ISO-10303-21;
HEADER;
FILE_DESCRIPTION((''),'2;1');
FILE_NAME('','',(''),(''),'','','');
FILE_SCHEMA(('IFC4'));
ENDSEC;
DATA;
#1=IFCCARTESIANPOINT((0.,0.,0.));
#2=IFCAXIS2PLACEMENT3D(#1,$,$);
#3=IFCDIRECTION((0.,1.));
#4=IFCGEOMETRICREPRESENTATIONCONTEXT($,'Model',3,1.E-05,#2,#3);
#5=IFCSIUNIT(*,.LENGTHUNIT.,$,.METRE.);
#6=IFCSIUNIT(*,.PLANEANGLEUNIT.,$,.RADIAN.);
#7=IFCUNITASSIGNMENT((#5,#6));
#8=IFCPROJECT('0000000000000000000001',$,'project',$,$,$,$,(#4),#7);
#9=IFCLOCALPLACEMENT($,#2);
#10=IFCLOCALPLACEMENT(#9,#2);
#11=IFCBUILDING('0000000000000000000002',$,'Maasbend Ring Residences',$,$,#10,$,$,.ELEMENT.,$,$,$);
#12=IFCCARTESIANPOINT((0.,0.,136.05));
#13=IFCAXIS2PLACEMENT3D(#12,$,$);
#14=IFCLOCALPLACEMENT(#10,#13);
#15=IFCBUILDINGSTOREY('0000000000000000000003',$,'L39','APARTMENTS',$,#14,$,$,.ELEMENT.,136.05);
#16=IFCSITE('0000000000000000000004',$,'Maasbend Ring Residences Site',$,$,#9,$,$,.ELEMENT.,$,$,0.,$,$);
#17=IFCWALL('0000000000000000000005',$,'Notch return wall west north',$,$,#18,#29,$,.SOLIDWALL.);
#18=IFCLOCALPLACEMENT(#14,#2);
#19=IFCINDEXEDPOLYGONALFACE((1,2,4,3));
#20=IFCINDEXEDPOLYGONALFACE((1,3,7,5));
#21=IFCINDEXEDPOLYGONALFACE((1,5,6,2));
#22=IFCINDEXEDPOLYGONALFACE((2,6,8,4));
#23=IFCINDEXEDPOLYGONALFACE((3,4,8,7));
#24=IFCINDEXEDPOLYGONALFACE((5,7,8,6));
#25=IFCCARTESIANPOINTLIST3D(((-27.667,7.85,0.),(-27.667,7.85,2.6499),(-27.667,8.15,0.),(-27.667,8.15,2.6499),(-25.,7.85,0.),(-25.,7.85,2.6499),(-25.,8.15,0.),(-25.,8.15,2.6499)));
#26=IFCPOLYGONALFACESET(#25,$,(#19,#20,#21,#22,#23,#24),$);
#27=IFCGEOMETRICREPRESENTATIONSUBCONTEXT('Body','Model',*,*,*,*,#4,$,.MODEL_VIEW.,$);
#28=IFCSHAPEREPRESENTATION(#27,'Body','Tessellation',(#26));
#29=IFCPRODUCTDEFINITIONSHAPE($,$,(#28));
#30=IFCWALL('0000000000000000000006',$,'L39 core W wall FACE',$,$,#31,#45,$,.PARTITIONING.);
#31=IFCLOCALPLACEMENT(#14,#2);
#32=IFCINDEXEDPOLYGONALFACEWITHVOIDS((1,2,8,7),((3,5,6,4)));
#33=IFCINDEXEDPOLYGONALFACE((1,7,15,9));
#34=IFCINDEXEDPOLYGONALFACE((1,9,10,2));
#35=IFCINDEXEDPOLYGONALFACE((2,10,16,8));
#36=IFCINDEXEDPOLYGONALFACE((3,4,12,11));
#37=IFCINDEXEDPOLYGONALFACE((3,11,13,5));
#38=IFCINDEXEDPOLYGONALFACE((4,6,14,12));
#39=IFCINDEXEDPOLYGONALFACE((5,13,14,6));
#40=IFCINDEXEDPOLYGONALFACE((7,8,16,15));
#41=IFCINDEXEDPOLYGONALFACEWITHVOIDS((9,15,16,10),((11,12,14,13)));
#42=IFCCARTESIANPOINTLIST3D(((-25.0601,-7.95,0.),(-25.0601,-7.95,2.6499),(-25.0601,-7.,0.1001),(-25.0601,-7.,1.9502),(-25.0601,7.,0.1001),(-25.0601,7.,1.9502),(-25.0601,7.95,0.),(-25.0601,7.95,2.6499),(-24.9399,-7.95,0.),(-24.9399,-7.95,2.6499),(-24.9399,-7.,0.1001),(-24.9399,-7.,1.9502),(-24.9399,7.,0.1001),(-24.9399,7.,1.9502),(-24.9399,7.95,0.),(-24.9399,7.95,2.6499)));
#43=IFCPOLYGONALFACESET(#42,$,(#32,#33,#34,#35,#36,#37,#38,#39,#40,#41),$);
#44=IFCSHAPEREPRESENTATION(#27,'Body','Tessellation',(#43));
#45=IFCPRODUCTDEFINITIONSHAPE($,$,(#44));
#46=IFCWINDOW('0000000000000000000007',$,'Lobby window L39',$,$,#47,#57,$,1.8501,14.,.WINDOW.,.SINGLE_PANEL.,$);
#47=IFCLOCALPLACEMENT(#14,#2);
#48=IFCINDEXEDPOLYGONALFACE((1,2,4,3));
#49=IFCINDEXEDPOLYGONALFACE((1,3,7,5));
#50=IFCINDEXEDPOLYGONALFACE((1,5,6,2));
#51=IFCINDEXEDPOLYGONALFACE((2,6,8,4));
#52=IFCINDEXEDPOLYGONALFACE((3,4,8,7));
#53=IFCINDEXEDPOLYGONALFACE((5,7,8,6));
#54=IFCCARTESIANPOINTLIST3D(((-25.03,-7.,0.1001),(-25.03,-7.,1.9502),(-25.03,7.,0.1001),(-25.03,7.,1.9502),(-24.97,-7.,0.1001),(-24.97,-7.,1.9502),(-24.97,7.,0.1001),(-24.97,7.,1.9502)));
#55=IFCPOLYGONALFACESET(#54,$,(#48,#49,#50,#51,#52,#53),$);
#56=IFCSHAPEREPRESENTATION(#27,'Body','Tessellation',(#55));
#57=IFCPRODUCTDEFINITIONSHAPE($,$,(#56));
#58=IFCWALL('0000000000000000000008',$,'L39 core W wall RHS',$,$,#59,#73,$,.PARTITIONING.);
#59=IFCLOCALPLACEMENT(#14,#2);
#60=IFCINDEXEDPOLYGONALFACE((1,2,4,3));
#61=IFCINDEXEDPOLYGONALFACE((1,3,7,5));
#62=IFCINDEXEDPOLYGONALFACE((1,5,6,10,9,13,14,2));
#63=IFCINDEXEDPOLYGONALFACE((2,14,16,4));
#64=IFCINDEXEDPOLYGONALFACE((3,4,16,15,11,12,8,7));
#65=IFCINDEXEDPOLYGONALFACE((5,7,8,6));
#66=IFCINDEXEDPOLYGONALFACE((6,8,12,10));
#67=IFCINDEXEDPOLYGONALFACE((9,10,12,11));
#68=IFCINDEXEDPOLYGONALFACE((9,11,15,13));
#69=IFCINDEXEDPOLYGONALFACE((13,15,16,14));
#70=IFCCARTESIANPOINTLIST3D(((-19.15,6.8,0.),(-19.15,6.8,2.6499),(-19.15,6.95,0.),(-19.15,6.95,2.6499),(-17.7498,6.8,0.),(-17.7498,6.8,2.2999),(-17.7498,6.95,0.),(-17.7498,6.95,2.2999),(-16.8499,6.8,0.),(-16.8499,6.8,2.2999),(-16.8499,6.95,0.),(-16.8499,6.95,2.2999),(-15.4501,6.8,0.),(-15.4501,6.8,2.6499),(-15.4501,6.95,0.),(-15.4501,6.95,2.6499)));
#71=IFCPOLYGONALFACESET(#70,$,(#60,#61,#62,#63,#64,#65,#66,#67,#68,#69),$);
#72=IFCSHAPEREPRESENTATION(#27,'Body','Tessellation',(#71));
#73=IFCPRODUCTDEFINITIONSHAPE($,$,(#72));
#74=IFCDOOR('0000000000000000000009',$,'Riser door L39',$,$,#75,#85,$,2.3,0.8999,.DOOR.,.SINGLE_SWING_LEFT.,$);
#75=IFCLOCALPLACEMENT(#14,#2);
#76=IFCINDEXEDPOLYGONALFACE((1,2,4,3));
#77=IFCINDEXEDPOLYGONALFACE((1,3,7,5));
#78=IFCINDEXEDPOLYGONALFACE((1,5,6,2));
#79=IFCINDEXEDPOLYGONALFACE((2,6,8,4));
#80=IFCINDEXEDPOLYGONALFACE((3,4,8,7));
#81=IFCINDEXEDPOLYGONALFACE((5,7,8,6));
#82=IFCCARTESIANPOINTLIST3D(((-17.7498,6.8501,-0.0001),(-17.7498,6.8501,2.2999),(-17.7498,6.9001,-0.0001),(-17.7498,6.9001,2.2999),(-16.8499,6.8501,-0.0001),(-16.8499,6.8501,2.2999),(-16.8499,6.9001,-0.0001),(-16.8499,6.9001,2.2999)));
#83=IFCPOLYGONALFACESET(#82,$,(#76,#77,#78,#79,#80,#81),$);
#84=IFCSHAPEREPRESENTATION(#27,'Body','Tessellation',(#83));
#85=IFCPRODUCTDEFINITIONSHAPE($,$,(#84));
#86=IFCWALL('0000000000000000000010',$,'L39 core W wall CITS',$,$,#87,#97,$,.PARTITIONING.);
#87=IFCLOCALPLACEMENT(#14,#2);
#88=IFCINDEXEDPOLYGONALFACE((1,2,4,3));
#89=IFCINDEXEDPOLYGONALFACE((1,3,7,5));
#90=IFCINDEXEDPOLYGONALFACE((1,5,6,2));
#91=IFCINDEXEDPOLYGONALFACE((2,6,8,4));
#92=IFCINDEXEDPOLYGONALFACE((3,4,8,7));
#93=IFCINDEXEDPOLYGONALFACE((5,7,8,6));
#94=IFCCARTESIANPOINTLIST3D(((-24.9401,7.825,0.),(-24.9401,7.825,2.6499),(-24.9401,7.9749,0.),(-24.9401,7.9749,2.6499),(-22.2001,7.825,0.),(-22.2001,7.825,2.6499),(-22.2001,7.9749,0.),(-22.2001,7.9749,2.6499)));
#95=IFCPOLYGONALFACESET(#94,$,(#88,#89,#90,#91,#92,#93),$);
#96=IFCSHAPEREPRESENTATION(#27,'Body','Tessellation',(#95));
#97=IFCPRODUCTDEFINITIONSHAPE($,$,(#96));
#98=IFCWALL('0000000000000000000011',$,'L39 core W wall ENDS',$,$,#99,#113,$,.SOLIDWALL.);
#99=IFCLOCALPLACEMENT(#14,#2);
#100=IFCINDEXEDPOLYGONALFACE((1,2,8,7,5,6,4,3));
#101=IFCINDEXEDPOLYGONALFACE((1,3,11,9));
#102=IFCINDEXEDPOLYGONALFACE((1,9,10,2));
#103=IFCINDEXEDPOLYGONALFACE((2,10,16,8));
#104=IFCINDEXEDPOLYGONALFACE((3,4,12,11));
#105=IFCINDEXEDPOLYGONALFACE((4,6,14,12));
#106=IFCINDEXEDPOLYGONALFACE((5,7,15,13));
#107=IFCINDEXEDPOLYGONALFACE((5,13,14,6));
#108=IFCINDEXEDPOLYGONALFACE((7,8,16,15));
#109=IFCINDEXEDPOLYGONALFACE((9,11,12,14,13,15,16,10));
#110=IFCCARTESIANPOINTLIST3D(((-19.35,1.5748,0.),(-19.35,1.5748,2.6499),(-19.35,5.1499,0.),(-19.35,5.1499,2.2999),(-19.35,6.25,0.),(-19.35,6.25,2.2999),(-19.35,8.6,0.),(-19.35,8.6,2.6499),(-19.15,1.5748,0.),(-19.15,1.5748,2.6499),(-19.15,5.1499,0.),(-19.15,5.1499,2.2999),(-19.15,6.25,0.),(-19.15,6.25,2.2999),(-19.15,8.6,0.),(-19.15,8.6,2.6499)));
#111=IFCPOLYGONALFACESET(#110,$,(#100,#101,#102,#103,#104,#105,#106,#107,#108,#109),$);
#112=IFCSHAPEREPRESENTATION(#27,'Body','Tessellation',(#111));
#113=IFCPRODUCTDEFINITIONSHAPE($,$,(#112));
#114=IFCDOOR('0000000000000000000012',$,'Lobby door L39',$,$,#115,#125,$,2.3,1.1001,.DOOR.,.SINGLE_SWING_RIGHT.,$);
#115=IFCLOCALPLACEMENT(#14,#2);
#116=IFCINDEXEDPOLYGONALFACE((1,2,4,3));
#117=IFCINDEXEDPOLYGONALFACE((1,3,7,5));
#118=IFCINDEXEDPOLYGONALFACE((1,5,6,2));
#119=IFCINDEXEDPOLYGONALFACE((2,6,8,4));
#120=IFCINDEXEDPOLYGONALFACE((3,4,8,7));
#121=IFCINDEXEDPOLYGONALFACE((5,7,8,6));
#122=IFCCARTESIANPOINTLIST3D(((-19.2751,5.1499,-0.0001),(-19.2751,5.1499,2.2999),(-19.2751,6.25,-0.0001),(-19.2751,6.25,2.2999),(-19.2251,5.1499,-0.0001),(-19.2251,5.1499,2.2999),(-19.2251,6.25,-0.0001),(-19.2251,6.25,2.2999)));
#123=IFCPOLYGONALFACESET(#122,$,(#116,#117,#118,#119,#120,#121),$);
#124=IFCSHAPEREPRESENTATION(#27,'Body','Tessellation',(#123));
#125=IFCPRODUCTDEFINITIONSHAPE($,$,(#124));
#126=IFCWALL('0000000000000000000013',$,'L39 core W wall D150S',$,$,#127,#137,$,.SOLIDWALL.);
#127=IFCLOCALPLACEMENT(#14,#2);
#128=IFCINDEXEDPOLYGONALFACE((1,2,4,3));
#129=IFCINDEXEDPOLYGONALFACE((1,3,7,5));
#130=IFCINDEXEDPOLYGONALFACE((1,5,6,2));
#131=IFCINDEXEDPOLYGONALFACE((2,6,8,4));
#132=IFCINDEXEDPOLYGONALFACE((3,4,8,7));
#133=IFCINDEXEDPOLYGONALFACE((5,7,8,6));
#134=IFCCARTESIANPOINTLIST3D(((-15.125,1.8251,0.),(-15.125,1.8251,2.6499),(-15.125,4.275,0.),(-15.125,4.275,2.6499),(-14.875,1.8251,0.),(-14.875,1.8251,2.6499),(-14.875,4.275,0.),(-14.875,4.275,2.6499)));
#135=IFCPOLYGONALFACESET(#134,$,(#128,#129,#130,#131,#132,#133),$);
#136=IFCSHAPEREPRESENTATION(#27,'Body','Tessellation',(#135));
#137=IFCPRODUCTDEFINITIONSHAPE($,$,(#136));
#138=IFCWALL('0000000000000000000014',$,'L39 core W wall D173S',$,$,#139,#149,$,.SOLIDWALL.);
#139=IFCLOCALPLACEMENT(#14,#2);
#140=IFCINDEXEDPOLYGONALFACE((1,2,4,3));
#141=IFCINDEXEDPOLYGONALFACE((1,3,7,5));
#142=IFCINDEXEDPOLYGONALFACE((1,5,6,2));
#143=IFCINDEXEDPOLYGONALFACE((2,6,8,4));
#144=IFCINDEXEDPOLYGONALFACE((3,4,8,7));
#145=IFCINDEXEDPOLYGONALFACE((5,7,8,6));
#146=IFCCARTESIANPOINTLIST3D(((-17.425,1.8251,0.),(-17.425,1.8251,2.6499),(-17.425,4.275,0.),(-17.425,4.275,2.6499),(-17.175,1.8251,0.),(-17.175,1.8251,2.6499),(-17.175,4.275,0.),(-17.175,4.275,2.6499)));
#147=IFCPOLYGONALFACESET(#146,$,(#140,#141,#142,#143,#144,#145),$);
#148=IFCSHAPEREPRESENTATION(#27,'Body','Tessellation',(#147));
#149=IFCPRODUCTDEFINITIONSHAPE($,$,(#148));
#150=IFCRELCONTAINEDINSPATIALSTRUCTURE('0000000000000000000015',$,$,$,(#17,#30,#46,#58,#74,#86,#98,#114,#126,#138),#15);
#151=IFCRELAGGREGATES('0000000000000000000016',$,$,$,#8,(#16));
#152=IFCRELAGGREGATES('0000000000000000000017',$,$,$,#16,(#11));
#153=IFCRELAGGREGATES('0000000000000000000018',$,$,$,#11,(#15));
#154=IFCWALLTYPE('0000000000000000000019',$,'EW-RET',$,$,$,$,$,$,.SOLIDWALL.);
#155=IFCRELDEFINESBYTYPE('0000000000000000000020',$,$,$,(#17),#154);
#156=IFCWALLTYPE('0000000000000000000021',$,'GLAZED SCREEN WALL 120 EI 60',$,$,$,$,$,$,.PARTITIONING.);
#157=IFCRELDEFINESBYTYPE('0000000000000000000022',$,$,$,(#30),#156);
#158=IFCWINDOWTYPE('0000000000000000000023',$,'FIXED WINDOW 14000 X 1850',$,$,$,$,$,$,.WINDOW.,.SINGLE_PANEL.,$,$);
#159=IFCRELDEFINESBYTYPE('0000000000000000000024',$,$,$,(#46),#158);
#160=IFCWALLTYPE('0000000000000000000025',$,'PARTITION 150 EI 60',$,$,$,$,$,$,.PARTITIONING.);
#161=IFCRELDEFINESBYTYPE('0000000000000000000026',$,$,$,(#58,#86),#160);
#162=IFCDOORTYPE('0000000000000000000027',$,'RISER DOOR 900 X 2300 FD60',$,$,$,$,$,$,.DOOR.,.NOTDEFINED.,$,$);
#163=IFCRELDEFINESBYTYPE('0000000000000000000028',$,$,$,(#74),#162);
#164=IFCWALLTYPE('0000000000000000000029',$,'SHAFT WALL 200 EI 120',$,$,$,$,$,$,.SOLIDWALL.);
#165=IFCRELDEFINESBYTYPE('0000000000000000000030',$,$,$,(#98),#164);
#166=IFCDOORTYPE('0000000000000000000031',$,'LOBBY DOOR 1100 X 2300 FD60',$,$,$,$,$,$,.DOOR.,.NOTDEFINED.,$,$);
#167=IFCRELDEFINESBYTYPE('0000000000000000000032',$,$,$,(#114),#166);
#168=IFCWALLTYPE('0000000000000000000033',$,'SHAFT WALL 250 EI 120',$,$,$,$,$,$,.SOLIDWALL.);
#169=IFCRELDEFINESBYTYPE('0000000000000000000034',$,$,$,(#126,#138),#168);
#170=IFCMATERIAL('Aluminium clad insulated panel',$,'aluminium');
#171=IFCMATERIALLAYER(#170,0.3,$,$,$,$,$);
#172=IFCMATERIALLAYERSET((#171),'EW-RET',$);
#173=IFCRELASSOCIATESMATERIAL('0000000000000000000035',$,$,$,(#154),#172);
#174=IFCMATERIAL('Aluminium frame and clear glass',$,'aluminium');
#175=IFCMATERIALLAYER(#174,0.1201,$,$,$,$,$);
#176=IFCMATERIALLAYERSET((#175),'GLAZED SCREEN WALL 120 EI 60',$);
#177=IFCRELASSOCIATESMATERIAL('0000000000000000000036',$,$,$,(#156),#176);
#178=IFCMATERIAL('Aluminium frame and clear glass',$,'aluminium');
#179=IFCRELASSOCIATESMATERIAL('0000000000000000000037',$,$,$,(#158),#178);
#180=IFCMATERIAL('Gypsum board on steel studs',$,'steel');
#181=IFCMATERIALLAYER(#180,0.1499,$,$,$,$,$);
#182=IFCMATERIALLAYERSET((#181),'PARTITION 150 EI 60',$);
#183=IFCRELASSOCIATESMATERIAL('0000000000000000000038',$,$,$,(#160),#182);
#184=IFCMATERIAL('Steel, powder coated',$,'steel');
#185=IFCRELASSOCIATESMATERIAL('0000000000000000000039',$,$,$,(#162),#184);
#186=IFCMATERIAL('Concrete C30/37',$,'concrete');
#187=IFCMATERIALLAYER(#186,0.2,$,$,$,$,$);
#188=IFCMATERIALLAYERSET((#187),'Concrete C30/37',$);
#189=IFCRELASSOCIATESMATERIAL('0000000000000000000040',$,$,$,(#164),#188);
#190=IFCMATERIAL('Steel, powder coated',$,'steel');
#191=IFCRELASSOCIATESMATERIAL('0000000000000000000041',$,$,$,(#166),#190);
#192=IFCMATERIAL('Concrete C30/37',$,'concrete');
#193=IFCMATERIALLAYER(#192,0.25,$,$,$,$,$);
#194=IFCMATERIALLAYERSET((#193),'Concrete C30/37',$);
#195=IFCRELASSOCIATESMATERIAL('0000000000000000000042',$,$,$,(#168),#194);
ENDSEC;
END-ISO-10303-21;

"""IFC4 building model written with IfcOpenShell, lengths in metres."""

from ifc_helpers import new_model, si_unit, direction, frame, frame_2d, origin, place, context, subcontext, project, spatial, rectangle, extrude, material, layer, layer_set, type_object, element, fill, save


model = new_model("IFC4")

# Units and contexts
model_context = context("Model", 3, precision=1e-05, world=origin(), true_north=direction((0.0, 1.0)))
body_context = subcontext(model_context, "Body", "Model", "MODEL_VIEW")
ifc_project = project(units=[si_unit("LENGTHUNIT", "METRE"), si_unit("PLANEANGLEUNIT", "RADIAN")], contexts=[model_context])

# Site, building, storey
site_placement = place(None, origin())
site = spatial("IfcSite", under=ifc_project, at=site_placement, Name="Maasbend Ring Residences Site", CompositionType="ELEMENT", RefElevation=0.0)
building_placement = place(site_placement, origin())
building = spatial("IfcBuilding", under=site, at=building_placement, Name="Maasbend Ring Residences", CompositionType="ELEMENT")
storey_placement = place(building_placement, frame((0.0, 0.0, 136.05)))
storey = spatial("IfcBuildingStorey", under=building, at=storey_placement, Name="L39", Description="APARTMENTS", CompositionType="ELEMENT", Elevation=136.05)

# Wall
ifc_material_1 = material(Name="Aluminium clad insulated panel", Category="aluminium")
ifc_layer_1 = layer(ifc_material_1, 0.3)
ifc_layer_set_1 = layer_set([ifc_layer_1], Name="EW-RET")
wall_type_1 = type_object("IfcWallType", Name="EW-RET", PredefinedType="SOLIDWALL", material=ifc_layer_set_1)
wall_1_placement = place(storey_placement, frame((-25.0, 8.0, 0.0), z_axis=(0.0, 0.0, 1.0), x_axis=(-1.0, 0.0, 0.0)))
element("IfcWall", 1, at=wall_1_placement, inside=storey, type_object=wall_type_1, Name="Notch return wall west north", PredefinedType="SOLIDWALL", context=body_context, shape_type="SweptSolid", body=[
    extrude(rectangle(XDim=2.667, YDim=0.3, at=frame_2d((1.3335, 0.0))), origin(), (0.0, 0.0, 1.0), 2.6499),
])

# Wall, opening, window
ifc_material_2 = material(Name="Aluminium frame and clear glass", Category="aluminium")
ifc_layer_2 = layer(ifc_material_2, 0.1201)
ifc_layer_set_2 = layer_set([ifc_layer_2], Name="GLAZED SCREEN WALL 120 EI 60")
wall_type_2 = type_object("IfcWallType", Name="GLAZED SCREEN WALL 120 EI 60", PredefinedType="PARTITIONING", material=ifc_layer_set_2)
wall_2_placement = place(storey_placement, frame((-25.0, 7.95, 0.0), z_axis=(0.0, 0.0, 1.0), x_axis=(0.0, -1.0, 0.0)))
wall_2 = element("IfcWall", 2, at=wall_2_placement, inside=storey, type_object=wall_type_2, Name="L39 core W wall FACE", PredefinedType="PARTITIONING", context=body_context, shape_type="SweptSolid", body=[
    extrude(rectangle(XDim=15.8999, YDim=0.1201, at=frame_2d((7.95, 0.0))), origin(), (0.0, 0.0, 1.0), 2.6499),
])
opening_1_placement = place(wall_2_placement, frame((0.95, 0.0, 0.1001)))
opening_1 = element("IfcOpeningElement", 3, at=opening_1_placement, cuts=wall_2, PredefinedType="OPENING", context=body_context, shape_type="SweptSolid", body=[
    extrude(rectangle(XDim=14.0, YDim=1.8501, at=frame_2d((7.0, 0.925))), frame((0.0, 0.0701, 0.0), z_axis=(0.0, -1.0, 0.0), x_axis=(1.0, 0.0, 0.0)), (0.0, 0.0, 1.0), 0.1401),
])
ifc_material_3 = material(Name="Aluminium frame and clear glass", Category="aluminium")
window_type_1 = type_object("IfcWindowType", Name="FIXED WINDOW 14000 X 1850", PartitioningType="SINGLE_PANEL", PredefinedType="WINDOW", material=ifc_material_3)
window_1_placement = place(opening_1_placement, origin())
window_1 = element("IfcWindow", 4, at=window_1_placement, inside=storey, type_object=window_type_1, Name="Lobby window L39", OverallHeight=1.8501, OverallWidth=14.0, PartitioningType="SINGLE_PANEL", PredefinedType="WINDOW", context=body_context, shape_type="SweptSolid", body=[
    extrude(rectangle(XDim=14.0, YDim=1.8501, at=frame_2d((7.0, 0.925))), frame((0.0, 0.03, 0.0), z_axis=(0.0, -1.0, 0.0), x_axis=(1.0, 0.0, 0.0)), (0.0, 0.0, 1.0), 0.0601),
])
fill(opening_1, window_1)

# Wall, opening, door
ifc_material_4 = material(Name="Gypsum board on steel studs", Category="steel")
ifc_layer_3 = layer(ifc_material_4, 0.1499)
ifc_layer_set_3 = layer_set([ifc_layer_3], Name="PARTITION 150 EI 60")
wall_type_3 = type_object("IfcWallType", Name="PARTITION 150 EI 60", PredefinedType="PARTITIONING", material=ifc_layer_set_3)
wall_3_placement = place(storey_placement, frame((-15.45, 6.875, 0.0), z_axis=(0.0, 0.0, 1.0), x_axis=(-1.0, 0.0, 0.0)))
wall_3 = element("IfcWall", 5, at=wall_3_placement, inside=storey, type_object=wall_type_3, Name="L39 core W wall RHS", PredefinedType="PARTITIONING", context=body_context, shape_type="SweptSolid", body=[
    extrude(rectangle(XDim=3.7, YDim=0.1499, at=frame_2d((1.8501, 0.0))), origin(), (0.0, 0.0, 1.0), 2.6499),
])
opening_2_placement = place(wall_3_placement, frame((1.3999, 0.0, 0.0)))
opening_2 = element("IfcOpeningElement", 6, at=opening_2_placement, cuts=wall_3, PredefinedType="OPENING", context=body_context, shape_type="SweptSolid", body=[
    extrude(rectangle(XDim=0.8999, YDim=2.3, at=frame_2d((0.45, 1.1499))), frame((0.0, 0.085, 0.0), z_axis=(0.0, -1.0, 0.0), x_axis=(1.0, 0.0, 0.0)), (0.0, 0.0, 1.0), 0.1699),
])
ifc_material_5 = material(Name="Steel, powder coated", Category="steel")
door_type_1 = type_object("IfcDoorType", Name="RISER DOOR 900 X 2300 FD60", OperationType="NOTDEFINED", PredefinedType="DOOR", material=ifc_material_5)
door_1_placement = place(opening_2_placement, origin())
door_1 = element("IfcDoor", 7, at=door_1_placement, inside=storey, type_object=door_type_1, Name="Riser door L39", OperationType="SINGLE_SWING_LEFT", OverallHeight=2.3, OverallWidth=0.8999, PredefinedType="DOOR", context=body_context, shape_type="SweptSolid", body=[
    extrude(rectangle(XDim=0.8999, YDim=2.3, at=frame_2d((0.45, 1.1499))), frame((0.0, 0.0249, 0.0), z_axis=(0.0, -1.0, 0.0), x_axis=(1.0, 0.0, 0.0)), (0.0, 0.0, 1.0), 0.05),
])
fill(opening_2, door_1)

# Wall
wall_4_placement = place(storey_placement, frame((-22.2, 7.8999, 0.0), z_axis=(0.0, 0.0, 1.0), x_axis=(-1.0, 0.0, 0.0)))
element("IfcWall", 8, at=wall_4_placement, inside=storey, type_object=wall_type_3, Name="L39 core W wall CITS", PredefinedType="PARTITIONING", context=body_context, shape_type="SweptSolid", body=[
    extrude(rectangle(XDim=2.74, YDim=0.1499, at=frame_2d((1.3701, 0.0))), origin(), (0.0, 0.0, 1.0), 2.6499),
])

# Wall, opening, door
ifc_material_6 = material(Name="Concrete C30/37", Category="concrete")
ifc_layer_4 = layer(ifc_material_6, 0.2)
ifc_layer_set_4 = layer_set([ifc_layer_4], Name="Concrete C30/37")
wall_type_4 = type_object("IfcWallType", Name="SHAFT WALL 200 EI 120", PredefinedType="SOLIDWALL", material=ifc_layer_set_4)
wall_5_placement = place(storey_placement, frame((-19.25, 8.6001, 0.0), z_axis=(0.0, 0.0, 1.0), x_axis=(0.0, -1.0, 0.0)))
wall_5 = element("IfcWall", 9, at=wall_5_placement, inside=storey, type_object=wall_type_4, Name="L39 core W wall ENDS", PredefinedType="SOLIDWALL", context=body_context, shape_type="SweptSolid", body=[
    extrude(rectangle(XDim=7.0251, YDim=0.2, at=frame_2d((3.5127, 0.0))), origin(), (0.0, 0.0, 1.0), 2.6499),
])
opening_3_placement = place(wall_5_placement, frame((2.3501, 0.0, 0.0)))
opening_3 = element("IfcOpeningElement", 10, at=opening_3_placement, cuts=wall_5, PredefinedType="OPENING", context=body_context, shape_type="SweptSolid", body=[
    extrude(rectangle(XDim=1.1001, YDim=2.3, at=frame_2d((0.55, 1.1499))), frame((0.0, 0.1099, 0.0), z_axis=(0.0, -1.0, 0.0), x_axis=(1.0, 0.0, 0.0)), (0.0, 0.0, 1.0), 0.22),
])
ifc_material_7 = material(Name="Steel, powder coated", Category="steel")
door_type_2 = type_object("IfcDoorType", Name="LOBBY DOOR 1100 X 2300 FD60", OperationType="NOTDEFINED", PredefinedType="DOOR", material=ifc_material_7)
door_2_placement = place(opening_3_placement, origin())
door_2 = element("IfcDoor", 11, at=door_2_placement, inside=storey, type_object=door_type_2, Name="Lobby door L39", OperationType="SINGLE_SWING_RIGHT", OverallHeight=2.3, OverallWidth=1.1001, PredefinedType="DOOR", context=body_context, shape_type="SweptSolid", body=[
    extrude(rectangle(XDim=1.1001, YDim=2.3, at=frame_2d((0.55, 1.1499))), frame((0.0, 0.0249, 0.0), z_axis=(0.0, -1.0, 0.0), x_axis=(1.0, 0.0, 0.0)), (0.0, 0.0, 1.0), 0.05),
])
fill(opening_3, door_2)

# Walls
ifc_material_8 = material(Name="Concrete C30/37", Category="concrete")
ifc_layer_5 = layer(ifc_material_8, 0.25)
ifc_layer_set_5 = layer_set([ifc_layer_5], Name="Concrete C30/37")
wall_type_5 = type_object("IfcWallType", Name="SHAFT WALL 250 EI 120", PredefinedType="SOLIDWALL", material=ifc_layer_set_5)
for number, where, z_axis, x_axis, name in (
    (12, (-15.0, 1.825, 0.0), (0.0, 0.0, 1.0), (0.0, 1.0, 0.0), "L39 core W wall D150S"),
    (13, (-17.3, 1.825, 0.0), (0.0, 0.0, 1.0), (0.0, 1.0, 0.0), "L39 core W wall D173S"),
):
    element("IfcWall", number, at=place(storey_placement, frame(where, z_axis=z_axis, x_axis=x_axis)), inside=storey, type_object=wall_type_5, Name=name, PredefinedType="SOLIDWALL", context=body_context, shape_type="SweptSolid", body=[
        extrude(rectangle(XDim=2.45, YDim=0.25, at=frame_2d((1.2251, 0.0))), origin(), (0.0, 0.0, 1.0), 2.6499),
    ])

save(model, "model.ifc")
